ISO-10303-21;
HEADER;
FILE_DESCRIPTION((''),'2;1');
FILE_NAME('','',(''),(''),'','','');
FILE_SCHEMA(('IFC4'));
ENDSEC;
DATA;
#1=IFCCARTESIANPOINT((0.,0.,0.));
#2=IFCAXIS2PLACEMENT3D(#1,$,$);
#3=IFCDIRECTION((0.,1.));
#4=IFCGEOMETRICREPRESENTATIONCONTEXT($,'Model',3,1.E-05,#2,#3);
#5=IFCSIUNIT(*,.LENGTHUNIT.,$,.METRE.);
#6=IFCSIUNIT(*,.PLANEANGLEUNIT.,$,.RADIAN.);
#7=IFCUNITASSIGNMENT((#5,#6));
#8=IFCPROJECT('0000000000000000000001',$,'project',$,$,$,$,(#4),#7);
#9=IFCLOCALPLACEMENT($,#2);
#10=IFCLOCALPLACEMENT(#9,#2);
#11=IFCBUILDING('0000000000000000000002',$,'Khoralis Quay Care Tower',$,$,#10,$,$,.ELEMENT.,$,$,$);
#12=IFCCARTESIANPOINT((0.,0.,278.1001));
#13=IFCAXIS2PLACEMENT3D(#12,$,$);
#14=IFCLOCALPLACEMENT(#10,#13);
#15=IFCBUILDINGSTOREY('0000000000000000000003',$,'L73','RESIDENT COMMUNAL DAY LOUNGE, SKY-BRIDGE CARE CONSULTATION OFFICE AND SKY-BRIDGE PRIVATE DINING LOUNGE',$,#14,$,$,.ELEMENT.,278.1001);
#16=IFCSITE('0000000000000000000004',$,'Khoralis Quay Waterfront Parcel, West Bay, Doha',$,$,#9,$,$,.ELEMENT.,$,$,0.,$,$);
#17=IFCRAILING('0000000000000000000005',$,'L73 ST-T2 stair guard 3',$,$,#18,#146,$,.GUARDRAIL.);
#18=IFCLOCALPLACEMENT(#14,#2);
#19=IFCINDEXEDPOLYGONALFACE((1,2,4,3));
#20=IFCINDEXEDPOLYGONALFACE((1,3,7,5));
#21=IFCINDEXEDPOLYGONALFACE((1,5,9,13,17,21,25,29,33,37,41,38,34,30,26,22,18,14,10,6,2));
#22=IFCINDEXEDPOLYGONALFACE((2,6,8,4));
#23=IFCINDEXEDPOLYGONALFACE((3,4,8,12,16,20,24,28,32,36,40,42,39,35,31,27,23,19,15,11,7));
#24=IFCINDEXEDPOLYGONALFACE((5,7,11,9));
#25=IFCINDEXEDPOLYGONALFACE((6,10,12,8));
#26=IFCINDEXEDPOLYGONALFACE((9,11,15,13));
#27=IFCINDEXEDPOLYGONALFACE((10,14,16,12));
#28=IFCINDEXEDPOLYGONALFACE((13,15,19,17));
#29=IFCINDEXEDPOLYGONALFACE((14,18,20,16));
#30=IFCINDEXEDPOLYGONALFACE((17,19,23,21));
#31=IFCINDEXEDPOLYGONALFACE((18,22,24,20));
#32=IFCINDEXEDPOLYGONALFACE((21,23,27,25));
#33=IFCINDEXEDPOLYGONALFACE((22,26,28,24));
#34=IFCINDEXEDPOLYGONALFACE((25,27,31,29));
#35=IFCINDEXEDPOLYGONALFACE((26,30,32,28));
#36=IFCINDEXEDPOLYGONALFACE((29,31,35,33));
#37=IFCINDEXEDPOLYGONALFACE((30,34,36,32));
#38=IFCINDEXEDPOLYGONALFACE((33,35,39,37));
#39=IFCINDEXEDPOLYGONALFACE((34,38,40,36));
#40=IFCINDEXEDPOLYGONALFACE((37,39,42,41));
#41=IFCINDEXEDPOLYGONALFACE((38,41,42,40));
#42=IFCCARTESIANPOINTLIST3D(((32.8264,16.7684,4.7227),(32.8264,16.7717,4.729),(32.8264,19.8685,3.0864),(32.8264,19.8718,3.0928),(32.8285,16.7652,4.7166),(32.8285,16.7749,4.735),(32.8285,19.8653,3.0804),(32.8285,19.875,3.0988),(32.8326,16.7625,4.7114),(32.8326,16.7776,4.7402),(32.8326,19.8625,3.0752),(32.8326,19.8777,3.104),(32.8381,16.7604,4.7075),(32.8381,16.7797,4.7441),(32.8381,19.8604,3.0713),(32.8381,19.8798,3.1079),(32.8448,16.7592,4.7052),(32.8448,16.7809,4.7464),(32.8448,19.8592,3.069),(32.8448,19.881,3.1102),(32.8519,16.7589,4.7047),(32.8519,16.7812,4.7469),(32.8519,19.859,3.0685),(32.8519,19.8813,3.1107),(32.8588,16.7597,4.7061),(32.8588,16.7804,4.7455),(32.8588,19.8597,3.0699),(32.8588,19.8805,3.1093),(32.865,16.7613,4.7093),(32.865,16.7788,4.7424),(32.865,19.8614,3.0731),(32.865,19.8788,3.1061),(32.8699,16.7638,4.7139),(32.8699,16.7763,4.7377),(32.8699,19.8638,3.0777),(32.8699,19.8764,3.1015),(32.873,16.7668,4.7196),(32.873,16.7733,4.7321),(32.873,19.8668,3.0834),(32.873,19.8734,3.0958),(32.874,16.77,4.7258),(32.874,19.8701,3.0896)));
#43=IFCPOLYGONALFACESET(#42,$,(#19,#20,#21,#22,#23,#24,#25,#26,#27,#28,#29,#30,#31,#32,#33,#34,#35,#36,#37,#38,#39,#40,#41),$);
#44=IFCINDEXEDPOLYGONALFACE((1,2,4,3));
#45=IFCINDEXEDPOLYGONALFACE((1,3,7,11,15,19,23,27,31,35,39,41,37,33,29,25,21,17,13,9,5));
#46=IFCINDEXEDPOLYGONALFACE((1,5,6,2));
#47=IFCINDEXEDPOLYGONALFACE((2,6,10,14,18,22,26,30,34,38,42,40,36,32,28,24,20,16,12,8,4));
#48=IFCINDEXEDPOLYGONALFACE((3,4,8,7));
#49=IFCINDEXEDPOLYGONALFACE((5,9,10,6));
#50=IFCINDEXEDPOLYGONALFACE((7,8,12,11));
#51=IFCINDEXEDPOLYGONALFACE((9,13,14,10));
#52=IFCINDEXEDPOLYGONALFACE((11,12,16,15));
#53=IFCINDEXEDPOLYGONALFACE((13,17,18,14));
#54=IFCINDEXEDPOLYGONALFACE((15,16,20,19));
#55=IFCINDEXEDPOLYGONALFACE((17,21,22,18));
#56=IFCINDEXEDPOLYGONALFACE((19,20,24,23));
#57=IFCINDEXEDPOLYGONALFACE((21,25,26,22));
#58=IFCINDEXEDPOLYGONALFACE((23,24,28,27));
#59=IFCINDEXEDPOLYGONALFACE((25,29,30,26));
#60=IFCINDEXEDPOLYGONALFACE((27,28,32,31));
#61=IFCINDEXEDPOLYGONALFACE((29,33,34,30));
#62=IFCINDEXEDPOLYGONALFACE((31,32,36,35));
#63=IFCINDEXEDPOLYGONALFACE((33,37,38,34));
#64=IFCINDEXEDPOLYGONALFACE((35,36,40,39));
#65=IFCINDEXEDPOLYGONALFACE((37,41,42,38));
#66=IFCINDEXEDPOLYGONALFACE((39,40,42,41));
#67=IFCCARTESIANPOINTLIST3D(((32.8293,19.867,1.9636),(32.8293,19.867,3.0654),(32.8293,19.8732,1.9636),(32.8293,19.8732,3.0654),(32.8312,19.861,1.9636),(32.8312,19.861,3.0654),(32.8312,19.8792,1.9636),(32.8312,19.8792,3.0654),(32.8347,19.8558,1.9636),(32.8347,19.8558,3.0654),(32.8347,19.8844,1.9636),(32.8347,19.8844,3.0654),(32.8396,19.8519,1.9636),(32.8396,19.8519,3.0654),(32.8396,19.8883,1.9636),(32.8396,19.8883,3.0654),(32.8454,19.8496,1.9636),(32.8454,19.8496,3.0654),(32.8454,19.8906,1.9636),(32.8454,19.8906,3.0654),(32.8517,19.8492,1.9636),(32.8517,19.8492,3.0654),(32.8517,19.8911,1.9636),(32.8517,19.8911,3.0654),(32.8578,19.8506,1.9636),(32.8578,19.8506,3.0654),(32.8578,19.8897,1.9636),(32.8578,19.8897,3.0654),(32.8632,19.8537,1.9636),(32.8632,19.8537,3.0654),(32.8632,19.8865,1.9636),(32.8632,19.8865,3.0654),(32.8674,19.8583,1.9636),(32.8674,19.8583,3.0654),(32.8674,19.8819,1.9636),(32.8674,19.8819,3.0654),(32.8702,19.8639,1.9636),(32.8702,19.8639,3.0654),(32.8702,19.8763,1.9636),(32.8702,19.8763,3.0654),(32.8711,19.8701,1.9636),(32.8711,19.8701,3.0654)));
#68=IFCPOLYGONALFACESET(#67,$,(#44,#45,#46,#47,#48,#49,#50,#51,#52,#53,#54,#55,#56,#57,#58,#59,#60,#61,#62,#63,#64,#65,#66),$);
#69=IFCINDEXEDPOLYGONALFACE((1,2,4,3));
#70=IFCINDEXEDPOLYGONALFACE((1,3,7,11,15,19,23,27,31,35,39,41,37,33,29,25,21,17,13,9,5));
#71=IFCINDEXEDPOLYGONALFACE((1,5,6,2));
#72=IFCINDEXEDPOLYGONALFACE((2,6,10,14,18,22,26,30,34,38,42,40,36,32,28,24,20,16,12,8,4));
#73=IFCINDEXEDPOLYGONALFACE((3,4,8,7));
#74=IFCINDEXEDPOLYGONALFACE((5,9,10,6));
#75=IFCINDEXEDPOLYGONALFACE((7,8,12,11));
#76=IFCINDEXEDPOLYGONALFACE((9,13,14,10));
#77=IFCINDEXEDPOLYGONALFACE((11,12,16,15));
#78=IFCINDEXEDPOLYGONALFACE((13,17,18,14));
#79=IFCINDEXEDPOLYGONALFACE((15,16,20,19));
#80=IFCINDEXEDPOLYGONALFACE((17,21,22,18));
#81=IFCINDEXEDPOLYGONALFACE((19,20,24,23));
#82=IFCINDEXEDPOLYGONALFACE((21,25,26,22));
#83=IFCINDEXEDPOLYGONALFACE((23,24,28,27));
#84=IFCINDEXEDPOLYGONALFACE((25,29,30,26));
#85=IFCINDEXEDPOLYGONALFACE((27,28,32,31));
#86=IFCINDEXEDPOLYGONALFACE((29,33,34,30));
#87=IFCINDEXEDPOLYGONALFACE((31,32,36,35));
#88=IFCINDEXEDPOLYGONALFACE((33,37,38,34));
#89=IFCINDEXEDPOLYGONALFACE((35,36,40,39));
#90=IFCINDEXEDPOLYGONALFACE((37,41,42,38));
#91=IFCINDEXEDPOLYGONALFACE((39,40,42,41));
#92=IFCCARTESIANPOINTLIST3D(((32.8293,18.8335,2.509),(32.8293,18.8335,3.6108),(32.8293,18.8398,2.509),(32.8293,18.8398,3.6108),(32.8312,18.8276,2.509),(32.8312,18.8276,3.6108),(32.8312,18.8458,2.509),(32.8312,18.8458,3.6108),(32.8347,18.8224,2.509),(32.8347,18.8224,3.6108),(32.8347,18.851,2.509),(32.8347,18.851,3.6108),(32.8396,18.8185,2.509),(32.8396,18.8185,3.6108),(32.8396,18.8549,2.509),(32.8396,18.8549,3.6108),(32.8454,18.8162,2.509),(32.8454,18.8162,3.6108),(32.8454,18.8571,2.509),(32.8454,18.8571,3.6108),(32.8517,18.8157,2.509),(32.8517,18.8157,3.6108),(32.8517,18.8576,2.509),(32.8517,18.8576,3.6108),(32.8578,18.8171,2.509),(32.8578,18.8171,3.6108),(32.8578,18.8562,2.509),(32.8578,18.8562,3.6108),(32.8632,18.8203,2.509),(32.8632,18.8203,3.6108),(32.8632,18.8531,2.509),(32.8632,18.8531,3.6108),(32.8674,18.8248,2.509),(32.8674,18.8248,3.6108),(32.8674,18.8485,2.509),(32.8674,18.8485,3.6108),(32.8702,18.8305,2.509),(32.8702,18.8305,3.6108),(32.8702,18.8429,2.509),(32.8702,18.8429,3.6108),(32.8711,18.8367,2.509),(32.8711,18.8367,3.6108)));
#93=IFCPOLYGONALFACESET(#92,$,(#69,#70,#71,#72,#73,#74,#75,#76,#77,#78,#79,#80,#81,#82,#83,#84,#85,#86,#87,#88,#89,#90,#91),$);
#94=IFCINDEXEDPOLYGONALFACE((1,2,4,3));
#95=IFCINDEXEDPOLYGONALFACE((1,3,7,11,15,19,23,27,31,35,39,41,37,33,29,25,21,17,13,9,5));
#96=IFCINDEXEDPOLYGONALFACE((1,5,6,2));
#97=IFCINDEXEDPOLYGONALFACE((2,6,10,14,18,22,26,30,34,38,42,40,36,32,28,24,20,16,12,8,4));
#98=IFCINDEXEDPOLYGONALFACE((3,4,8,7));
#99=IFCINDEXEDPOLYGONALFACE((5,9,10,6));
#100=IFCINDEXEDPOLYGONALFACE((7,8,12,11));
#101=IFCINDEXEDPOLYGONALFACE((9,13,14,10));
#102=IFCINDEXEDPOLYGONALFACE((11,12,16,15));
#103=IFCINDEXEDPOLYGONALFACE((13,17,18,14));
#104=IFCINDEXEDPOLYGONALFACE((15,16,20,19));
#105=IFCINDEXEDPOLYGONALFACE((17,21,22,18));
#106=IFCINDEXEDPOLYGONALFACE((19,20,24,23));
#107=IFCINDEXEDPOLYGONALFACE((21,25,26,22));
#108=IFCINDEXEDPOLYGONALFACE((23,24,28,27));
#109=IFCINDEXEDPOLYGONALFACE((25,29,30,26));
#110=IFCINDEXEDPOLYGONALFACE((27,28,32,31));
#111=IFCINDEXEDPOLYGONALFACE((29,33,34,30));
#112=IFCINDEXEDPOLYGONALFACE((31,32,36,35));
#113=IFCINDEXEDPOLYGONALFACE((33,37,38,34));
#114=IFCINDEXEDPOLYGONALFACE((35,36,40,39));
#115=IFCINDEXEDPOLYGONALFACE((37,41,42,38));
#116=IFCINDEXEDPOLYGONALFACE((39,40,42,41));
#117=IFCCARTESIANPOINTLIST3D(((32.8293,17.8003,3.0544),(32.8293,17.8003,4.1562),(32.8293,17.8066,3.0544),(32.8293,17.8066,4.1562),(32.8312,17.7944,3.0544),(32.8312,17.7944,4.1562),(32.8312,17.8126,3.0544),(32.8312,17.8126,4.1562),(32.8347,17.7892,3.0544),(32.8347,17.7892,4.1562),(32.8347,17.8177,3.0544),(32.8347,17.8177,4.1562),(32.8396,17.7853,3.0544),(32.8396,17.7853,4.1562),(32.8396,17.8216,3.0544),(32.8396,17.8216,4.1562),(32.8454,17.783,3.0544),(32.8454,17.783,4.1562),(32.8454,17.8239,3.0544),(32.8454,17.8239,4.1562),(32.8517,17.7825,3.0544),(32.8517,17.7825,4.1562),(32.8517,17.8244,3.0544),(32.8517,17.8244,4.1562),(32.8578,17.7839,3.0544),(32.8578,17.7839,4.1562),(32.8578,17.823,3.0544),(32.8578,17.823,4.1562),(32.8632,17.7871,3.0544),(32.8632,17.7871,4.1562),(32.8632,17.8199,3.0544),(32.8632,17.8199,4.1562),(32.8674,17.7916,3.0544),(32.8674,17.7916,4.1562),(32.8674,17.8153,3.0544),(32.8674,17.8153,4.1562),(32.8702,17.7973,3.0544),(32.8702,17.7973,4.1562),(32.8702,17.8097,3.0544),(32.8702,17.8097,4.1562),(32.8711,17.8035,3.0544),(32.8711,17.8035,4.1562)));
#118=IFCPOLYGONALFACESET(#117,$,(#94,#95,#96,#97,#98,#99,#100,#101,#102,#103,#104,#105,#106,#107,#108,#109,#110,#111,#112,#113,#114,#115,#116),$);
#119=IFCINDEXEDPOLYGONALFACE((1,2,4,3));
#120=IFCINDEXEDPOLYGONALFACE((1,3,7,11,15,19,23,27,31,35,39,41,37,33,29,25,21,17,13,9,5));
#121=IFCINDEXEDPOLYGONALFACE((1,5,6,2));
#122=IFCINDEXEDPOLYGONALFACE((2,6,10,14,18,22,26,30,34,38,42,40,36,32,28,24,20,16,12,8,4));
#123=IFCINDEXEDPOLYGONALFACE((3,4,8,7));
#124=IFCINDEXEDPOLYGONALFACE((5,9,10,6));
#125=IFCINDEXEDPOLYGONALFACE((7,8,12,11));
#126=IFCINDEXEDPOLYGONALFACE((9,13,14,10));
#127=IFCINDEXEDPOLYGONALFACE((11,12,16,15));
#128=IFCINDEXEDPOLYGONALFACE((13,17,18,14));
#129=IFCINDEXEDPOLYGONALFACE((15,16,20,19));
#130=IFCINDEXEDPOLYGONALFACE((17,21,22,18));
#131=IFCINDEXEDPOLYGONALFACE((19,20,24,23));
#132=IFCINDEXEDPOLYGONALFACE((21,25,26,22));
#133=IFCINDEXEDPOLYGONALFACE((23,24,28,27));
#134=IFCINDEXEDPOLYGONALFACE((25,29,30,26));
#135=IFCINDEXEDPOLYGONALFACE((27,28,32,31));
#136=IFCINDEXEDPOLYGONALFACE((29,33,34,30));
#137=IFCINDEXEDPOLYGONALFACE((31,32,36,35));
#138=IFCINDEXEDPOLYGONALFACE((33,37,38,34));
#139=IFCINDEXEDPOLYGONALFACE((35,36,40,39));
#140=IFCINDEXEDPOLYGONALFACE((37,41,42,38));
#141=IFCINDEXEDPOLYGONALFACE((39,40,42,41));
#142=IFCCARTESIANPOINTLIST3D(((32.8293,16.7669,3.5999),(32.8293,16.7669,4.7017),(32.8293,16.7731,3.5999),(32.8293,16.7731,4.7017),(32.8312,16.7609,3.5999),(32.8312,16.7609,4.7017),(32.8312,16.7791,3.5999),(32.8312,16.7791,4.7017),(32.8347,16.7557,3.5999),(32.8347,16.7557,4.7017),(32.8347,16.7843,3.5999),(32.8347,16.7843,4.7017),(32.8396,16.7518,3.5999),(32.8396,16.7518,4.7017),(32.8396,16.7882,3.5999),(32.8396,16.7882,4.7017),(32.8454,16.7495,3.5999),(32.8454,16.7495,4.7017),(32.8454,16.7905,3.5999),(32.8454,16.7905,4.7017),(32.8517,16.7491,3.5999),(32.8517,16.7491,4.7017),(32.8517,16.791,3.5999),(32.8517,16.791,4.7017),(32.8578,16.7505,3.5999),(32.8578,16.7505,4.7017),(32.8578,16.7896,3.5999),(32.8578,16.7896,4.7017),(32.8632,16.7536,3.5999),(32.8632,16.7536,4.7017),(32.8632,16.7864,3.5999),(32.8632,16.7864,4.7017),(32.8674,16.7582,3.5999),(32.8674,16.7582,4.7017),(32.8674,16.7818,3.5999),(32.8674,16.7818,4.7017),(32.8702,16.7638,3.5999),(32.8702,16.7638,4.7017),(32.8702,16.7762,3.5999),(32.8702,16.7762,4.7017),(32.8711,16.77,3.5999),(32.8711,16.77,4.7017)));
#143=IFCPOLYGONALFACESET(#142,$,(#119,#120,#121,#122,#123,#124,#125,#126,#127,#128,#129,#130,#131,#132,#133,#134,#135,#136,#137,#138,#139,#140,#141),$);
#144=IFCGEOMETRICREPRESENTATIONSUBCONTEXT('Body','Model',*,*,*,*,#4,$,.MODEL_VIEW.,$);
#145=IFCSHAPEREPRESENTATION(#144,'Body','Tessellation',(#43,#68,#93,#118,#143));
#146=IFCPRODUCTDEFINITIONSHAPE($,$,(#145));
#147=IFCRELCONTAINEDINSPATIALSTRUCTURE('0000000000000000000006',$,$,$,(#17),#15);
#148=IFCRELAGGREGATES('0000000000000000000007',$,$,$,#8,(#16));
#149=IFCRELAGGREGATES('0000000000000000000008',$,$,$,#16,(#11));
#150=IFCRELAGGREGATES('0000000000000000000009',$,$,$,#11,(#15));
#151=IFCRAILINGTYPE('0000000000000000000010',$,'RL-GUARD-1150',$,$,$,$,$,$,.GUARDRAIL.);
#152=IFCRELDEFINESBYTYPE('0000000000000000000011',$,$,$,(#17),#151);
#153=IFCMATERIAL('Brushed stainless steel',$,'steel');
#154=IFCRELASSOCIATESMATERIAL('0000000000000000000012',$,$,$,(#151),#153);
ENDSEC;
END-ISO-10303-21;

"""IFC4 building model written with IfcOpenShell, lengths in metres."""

from ifc_helpers import new_model, si_unit, direction, frame, origin, origin_2d, place, context, subcontext, project, spatial, circle, extrude, material, type_object, element, save


model = new_model("IFC4")

# Units and contexts
model_context = context("Model", 3, precision=1e-05, world=origin(), true_north=direction((0.0, 1.0)))
body_context = subcontext(model_context, "Body", "Model", "MODEL_VIEW")
ifc_project = project(units=[si_unit("LENGTHUNIT", "METRE"), si_unit("PLANEANGLEUNIT", "RADIAN")], contexts=[model_context])

# Site, building, storey
site_placement = place(None, origin())
site = spatial("IfcSite", under=ifc_project, at=site_placement, Name="Khoralis Quay Waterfront Parcel, West Bay, Doha", CompositionType="ELEMENT", RefElevation=0.0)
building_placement = place(site_placement, origin())
building = spatial("IfcBuilding", under=site, at=building_placement, Name="Khoralis Quay Care Tower", CompositionType="ELEMENT")
storey_placement = place(building_placement, frame((0.0, 0.0, 278.1001)))
storey = spatial("IfcBuildingStorey", under=building, at=storey_placement, Name="L73", Description="RESIDENT COMMUNAL DAY LOUNGE, SKY-BRIDGE CARE CONSULTATION OFFICE AND SKY-BRIDGE PRIVATE DINING LOUNGE", CompositionType="ELEMENT", Elevation=278.1001)

# Shared definitions
ifc_material_1 = material(Name="Brushed stainless steel", Category="steel")

# Railing
railing_type_1 = type_object("IfcRailingType", Name="RL-GUARD-1150", PredefinedType="GUARDRAIL", material=ifc_material_1)
railing_1_placement = place(storey_placement, frame((32.8501, 19.8701, 1.9636)))
element("IfcRailing", 1, at=railing_1_placement, inside=storey, type_object=railing_type_1, Name="L73 ST-T2 stair guard 3", PredefinedType="GUARDRAIL", context=body_context, shape_type="SweptSolid", body=[
    extrude(circle(Radius=0.0239, at=origin_2d()), frame((0.0, 0.0, 1.126), z_axis=(0.0, -0.884377, 0.466774), x_axis=(1.0, 0.0, 0.0)), (0.0, 0.0, 1.0), 3.5054),
    extrude(circle(Radius=0.021, at=origin_2d()), origin(), (0.0, 0.0, 1.0), 1.1018),
    extrude(circle(Radius=0.021, at=origin_2d()), frame((0.0, -1.0334, 0.5454)), (0.0, 0.0, 1.0), 1.1018),
    extrude(circle(Radius=0.021, at=origin_2d()), frame((0.0, -2.0667, 1.0908)), (0.0, 0.0, 1.0), 1.1018),
    extrude(circle(Radius=0.021, at=origin_2d()), frame((0.0, -3.1001, 1.6362)), (0.0, 0.0, 1.0), 1.1018),
])

save(model, "model.ifc")
